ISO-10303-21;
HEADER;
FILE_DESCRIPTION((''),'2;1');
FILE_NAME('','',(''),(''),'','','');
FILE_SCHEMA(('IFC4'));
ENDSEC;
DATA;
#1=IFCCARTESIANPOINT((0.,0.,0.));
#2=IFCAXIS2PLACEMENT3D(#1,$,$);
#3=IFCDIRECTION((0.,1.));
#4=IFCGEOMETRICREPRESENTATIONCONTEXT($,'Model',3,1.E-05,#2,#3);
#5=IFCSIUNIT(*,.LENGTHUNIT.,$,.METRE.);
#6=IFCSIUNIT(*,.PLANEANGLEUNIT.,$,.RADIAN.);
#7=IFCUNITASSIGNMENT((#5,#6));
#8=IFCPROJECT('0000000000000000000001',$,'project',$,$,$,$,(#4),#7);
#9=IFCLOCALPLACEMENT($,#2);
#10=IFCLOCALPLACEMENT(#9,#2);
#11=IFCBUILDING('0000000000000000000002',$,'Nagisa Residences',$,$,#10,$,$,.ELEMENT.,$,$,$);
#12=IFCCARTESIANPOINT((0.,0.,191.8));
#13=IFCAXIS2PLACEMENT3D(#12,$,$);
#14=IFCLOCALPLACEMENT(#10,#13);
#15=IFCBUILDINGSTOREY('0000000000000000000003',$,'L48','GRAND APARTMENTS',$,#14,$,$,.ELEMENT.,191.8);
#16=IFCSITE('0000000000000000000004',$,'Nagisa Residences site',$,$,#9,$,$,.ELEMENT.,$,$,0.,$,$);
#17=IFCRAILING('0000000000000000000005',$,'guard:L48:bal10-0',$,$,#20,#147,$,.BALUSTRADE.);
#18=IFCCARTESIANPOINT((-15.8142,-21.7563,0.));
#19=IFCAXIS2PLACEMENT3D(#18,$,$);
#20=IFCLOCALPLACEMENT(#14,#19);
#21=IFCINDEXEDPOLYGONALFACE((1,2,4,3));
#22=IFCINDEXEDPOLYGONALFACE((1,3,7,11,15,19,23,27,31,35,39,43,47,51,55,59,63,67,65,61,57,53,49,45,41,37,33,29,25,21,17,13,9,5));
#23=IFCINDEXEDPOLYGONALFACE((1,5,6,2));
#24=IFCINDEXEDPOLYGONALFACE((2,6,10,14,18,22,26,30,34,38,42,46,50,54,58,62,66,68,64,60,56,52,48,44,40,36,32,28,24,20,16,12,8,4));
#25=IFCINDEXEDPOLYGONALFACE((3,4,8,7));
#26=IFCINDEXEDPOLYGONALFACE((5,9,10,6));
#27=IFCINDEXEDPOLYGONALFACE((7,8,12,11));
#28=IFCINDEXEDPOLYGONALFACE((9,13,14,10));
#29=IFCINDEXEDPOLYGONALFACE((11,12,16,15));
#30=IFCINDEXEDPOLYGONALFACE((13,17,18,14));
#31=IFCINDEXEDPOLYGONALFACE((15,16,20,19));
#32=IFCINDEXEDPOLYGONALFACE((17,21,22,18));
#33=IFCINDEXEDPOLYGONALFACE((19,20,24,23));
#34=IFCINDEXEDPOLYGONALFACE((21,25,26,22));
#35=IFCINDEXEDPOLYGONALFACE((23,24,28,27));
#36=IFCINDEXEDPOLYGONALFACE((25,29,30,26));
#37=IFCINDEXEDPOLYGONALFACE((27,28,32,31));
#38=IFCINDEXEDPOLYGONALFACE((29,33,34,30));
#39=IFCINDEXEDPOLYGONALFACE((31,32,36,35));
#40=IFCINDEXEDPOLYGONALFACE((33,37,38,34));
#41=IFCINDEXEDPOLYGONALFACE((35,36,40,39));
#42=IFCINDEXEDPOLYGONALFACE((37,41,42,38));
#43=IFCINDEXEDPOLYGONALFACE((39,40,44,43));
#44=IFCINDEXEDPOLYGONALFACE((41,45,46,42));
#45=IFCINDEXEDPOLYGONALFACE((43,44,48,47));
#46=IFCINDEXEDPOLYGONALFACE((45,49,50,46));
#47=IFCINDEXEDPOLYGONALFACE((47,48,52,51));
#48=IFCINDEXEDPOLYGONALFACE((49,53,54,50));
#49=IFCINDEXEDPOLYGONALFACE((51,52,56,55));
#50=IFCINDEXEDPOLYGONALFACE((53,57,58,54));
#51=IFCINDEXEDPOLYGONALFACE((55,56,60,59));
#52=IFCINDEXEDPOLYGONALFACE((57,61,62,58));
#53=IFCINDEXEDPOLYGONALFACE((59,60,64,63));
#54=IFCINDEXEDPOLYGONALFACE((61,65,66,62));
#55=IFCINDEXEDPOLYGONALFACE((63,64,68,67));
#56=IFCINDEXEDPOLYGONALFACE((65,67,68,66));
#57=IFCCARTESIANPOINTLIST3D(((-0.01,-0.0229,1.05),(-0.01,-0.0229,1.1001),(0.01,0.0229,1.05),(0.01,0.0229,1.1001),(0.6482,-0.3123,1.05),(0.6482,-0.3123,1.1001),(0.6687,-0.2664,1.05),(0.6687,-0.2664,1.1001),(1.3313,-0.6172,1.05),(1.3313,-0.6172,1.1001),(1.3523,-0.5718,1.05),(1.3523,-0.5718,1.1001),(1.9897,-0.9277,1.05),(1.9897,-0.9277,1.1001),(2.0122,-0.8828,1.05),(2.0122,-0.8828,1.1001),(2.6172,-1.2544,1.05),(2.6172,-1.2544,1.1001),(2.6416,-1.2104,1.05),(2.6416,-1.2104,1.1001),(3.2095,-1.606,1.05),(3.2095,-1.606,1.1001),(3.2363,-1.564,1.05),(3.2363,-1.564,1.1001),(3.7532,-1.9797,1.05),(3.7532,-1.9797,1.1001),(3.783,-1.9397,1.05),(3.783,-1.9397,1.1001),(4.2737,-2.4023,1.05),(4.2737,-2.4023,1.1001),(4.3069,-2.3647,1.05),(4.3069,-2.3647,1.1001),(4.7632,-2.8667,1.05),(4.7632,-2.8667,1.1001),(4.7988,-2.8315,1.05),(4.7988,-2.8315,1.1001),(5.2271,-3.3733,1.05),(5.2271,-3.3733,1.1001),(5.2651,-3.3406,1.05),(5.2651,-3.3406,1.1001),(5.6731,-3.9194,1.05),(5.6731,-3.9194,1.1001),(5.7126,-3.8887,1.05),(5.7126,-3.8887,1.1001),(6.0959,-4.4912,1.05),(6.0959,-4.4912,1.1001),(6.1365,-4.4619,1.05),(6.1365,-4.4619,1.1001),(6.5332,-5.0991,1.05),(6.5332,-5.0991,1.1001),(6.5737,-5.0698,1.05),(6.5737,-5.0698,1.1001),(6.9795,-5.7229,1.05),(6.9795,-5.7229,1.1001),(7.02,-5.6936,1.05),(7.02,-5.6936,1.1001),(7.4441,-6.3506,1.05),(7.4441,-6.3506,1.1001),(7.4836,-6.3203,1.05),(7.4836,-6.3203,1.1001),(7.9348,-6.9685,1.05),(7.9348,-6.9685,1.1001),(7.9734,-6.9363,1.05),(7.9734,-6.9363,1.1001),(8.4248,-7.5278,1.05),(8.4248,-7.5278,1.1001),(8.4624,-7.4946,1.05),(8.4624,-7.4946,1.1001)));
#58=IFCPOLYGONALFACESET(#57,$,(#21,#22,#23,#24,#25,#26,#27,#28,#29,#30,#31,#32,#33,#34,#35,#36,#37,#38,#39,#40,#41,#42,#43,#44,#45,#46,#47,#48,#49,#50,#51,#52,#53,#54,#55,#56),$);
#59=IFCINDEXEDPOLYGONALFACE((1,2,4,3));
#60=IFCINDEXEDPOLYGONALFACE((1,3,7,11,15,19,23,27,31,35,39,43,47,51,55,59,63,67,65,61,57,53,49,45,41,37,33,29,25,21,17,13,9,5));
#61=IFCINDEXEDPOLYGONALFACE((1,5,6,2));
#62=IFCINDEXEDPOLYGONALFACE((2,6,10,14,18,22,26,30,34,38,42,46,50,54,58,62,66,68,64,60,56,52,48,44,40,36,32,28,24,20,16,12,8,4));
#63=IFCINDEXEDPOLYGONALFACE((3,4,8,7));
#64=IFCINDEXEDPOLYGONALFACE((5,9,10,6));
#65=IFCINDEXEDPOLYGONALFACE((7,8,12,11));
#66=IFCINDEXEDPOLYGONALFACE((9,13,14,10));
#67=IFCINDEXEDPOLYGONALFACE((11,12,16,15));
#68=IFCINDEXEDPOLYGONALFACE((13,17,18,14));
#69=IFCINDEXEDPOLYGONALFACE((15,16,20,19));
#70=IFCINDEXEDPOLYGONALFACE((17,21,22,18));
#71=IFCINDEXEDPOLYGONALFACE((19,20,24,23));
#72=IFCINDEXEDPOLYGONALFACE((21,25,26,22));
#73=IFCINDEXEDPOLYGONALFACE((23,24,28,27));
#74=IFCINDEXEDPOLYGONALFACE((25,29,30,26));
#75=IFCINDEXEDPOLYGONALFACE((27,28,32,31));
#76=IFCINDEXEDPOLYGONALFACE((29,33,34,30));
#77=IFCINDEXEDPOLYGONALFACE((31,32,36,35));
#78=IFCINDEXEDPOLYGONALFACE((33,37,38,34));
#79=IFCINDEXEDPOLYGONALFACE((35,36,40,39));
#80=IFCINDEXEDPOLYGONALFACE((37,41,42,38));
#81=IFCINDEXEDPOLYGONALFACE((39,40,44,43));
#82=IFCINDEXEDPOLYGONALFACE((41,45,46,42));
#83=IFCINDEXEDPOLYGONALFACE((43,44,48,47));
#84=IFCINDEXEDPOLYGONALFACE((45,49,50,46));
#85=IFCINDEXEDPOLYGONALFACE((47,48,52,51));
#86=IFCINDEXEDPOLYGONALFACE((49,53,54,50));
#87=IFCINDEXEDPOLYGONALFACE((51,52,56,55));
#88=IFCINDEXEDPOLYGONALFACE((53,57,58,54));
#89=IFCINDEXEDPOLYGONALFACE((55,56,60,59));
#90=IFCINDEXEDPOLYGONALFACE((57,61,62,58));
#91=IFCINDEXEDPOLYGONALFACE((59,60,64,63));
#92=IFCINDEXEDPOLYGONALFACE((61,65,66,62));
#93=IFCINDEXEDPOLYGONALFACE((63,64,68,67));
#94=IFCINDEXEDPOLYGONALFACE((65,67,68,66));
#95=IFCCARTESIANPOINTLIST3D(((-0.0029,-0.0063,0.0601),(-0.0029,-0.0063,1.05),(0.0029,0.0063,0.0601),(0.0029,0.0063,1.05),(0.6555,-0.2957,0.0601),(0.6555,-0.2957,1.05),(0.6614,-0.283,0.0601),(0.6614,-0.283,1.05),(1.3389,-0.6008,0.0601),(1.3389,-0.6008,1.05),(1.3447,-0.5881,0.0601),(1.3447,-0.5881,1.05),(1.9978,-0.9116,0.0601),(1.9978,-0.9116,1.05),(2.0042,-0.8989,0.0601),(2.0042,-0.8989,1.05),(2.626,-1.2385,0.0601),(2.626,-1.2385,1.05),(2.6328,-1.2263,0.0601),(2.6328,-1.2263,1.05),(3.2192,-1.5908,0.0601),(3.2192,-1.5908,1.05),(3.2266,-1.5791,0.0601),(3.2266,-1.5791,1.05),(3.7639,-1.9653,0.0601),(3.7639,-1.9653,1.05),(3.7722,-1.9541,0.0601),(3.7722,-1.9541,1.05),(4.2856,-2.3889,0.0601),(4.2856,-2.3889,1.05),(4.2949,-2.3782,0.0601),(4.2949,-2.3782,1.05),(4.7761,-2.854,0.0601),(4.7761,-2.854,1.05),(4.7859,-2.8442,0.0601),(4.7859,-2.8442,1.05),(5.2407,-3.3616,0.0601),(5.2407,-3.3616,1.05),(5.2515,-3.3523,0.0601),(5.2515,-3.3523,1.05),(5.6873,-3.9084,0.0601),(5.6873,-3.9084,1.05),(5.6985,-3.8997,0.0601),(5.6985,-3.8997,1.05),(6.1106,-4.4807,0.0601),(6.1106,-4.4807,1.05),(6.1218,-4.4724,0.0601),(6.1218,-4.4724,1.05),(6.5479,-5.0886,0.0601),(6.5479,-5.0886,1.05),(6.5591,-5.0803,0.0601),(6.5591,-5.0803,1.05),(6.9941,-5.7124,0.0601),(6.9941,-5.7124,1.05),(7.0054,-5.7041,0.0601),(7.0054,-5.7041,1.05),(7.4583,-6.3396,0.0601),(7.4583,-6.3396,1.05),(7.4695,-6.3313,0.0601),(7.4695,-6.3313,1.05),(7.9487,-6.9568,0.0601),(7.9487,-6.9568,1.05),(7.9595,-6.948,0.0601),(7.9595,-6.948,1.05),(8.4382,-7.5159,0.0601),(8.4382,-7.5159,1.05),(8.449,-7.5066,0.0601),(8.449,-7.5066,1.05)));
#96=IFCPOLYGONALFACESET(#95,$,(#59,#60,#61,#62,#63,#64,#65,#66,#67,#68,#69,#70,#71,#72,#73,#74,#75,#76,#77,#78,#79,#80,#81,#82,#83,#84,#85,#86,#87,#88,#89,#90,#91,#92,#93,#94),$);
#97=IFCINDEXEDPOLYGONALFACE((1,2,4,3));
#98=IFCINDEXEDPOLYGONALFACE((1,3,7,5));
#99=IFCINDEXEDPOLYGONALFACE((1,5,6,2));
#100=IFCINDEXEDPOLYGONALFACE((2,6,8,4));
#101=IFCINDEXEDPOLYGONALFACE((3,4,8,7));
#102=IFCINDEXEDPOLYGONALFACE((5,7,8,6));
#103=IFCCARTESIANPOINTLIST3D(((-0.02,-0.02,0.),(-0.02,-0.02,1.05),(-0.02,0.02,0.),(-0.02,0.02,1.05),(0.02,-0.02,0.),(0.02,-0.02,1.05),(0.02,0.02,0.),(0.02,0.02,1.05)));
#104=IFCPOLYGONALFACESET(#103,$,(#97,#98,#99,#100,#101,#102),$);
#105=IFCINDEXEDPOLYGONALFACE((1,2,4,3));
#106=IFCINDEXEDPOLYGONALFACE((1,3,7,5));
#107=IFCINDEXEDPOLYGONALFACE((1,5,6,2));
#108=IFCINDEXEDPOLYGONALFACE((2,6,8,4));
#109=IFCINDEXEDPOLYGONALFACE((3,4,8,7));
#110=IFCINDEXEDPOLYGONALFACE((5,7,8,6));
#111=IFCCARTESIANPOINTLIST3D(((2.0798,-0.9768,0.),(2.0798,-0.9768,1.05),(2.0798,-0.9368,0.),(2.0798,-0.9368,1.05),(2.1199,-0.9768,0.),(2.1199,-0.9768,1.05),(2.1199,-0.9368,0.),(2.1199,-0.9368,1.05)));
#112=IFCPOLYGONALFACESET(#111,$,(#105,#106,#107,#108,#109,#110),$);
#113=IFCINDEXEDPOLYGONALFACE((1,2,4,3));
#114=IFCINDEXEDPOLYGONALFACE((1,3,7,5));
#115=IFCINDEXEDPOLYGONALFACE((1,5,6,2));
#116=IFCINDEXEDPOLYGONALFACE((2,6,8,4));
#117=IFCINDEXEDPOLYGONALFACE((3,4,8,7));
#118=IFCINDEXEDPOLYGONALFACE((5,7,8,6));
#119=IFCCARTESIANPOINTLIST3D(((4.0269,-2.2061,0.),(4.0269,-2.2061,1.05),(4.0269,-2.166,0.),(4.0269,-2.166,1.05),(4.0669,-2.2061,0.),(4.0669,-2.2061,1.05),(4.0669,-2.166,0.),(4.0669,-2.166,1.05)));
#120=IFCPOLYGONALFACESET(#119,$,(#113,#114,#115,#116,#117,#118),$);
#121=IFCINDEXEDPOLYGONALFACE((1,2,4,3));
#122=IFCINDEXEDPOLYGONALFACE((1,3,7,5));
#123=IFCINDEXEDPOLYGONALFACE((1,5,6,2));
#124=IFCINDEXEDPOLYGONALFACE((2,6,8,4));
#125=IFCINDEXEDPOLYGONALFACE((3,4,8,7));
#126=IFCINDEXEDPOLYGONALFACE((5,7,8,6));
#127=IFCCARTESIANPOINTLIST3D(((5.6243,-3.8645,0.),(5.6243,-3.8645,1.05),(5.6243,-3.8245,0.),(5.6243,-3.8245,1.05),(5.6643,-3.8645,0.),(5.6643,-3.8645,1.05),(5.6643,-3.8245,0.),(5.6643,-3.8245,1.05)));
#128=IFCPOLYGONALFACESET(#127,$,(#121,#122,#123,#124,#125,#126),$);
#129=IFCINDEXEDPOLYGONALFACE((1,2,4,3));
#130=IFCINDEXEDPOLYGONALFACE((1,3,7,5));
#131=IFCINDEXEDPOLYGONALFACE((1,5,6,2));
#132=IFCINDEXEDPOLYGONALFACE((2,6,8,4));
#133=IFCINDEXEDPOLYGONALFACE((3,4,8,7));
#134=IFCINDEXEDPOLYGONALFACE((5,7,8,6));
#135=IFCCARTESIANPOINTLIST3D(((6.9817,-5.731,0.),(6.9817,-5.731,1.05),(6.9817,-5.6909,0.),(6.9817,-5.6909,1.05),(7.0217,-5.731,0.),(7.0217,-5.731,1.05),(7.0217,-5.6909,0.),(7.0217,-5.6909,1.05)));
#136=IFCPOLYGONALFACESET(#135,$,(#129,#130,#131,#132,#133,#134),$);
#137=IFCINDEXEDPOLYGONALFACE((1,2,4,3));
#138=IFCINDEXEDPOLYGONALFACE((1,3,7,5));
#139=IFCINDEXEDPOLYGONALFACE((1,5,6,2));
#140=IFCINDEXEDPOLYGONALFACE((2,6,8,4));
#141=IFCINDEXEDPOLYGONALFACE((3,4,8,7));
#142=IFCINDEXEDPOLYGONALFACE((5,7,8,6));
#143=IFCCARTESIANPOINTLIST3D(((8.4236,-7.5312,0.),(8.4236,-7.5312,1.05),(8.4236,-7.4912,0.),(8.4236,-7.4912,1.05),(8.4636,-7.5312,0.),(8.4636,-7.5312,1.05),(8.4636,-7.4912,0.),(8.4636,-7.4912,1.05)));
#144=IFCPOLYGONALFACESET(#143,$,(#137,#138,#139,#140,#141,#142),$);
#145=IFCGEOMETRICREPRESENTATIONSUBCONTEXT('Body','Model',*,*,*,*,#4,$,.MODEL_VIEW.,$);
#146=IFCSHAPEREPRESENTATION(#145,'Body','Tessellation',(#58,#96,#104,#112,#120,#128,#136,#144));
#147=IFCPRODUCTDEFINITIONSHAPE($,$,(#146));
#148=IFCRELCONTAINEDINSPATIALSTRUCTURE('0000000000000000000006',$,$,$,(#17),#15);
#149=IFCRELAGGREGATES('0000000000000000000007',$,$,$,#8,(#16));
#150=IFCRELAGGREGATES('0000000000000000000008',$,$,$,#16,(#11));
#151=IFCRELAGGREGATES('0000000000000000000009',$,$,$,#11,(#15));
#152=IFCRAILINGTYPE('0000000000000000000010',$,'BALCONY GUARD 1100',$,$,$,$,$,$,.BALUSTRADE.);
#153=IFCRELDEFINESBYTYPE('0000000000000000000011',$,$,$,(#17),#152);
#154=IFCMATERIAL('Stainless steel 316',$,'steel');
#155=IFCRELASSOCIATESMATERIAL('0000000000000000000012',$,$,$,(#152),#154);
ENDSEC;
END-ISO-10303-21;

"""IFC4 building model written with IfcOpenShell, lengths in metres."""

from ifc_helpers import new_model, si_unit, direction, frame, origin, origin_2d, place, context, subcontext, project, spatial, polyline, rectangle, outline, extrude, material, type_object, element, save


model = new_model("IFC4")

# Units and contexts
model_context = context("Model", 3, precision=1e-05, world=origin(), true_north=direction((0.0, 1.0)))
body_context = subcontext(model_context, "Body", "Model", "MODEL_VIEW")
ifc_project = project(units=[si_unit("LENGTHUNIT", "METRE"), si_unit("PLANEANGLEUNIT", "RADIAN")], contexts=[model_context])

# Site, building, storey
site_placement = place(None, origin())
site = spatial("IfcSite", under=ifc_project, at=site_placement, Name="Nagisa Residences site", CompositionType="ELEMENT", RefElevation=0.0)
building_placement = place(site_placement, origin())
building = spatial("IfcBuilding", under=site, at=building_placement, Name="Nagisa Residences", CompositionType="ELEMENT")
storey_placement = place(building_placement, frame((0.0, 0.0, 191.8)))
storey = spatial("IfcBuildingStorey", under=building, at=storey_placement, Name="L48", Description="GRAND APARTMENTS", CompositionType="ELEMENT", Elevation=191.8)

# Railing
ifc_material_1 = material(Name="Stainless steel 316", Category="steel")
railing_type = type_object("IfcRailingType", Name="BALCONY GUARD 1100", PredefinedType="BALUSTRADE", material=ifc_material_1)
railing_1_placement = place(storey_placement, frame((-15.8142, -21.7563, 0.0)))
element("IfcRailing", 1, at=railing_1_placement, inside=storey, type_object=railing_type, Name="guard:L48:bal10-0", PredefinedType="BALUSTRADE", context=body_context, shape_type="SweptSolid", body=[
    extrude(outline(polyline([(0.6687, -0.2664), (0.01, 0.0229), (-0.01, -0.0229), (0.6482, -0.3123), (1.3313, -0.6172), (1.9897, -0.9277), (2.6172, -1.2544), (3.2095, -1.606), (3.7532, -1.9797), (4.2737, -2.4023), (4.7632, -2.8667), (5.2271, -3.3733), (5.6731, -3.9194), (6.0959, -4.4912), (6.5332, -5.0991), (6.9795, -5.7229), (7.4441, -6.3506), (7.9348, -6.9685), (8.4248, -7.5278), (8.4624, -7.4946), (7.9734, -6.9363), (7.4836, -6.3203), (7.02, -5.6936), (6.5737, -5.0698), (6.1365, -4.4619), (5.7126, -3.8887), (5.2651, -3.3406), (4.7988, -2.8315), (4.3069, -2.3647), (3.783, -1.9397), (3.2363, -1.564), (2.6416, -1.2104), (2.0122, -0.8828), (1.3523, -0.5718), (0.6687, -0.2664)])), frame((0.0, 0.0, 1.05)), (0.0, 0.0, 1.0), 0.05),
    extrude(outline(polyline([(0.6614, -0.283), (0.0029, 0.0063), (-0.0029, -0.0063), (0.6555, -0.2957), (1.3389, -0.6008), (1.9978, -0.9116), (2.626, -1.2385), (3.2192, -1.5908), (3.7639, -1.9653), (4.2856, -2.3889), (4.7761, -2.854), (5.2407, -3.3616), (5.6873, -3.9084), (6.1106, -4.4807), (6.5479, -5.0886), (6.9941, -5.7124), (7.4583, -6.3396), (7.9487, -6.9568), (8.4382, -7.5159), (8.449, -7.5066), (7.9595, -6.948), (7.4695, -6.3313), (7.0054, -5.7041), (6.5591, -5.0803), (6.1218, -4.4724), (5.6985, -3.8997), (5.2515, -3.3523), (4.7859, -2.8442), (4.2949, -2.3782), (3.7722, -1.9541), (3.2266, -1.5791), (2.6328, -1.2263), (2.0042, -0.8989), (1.3447, -0.5881), (0.6614, -0.283)])), frame((0.0, 0.0, 0.0601)), (0.0, 0.0, 1.0), 0.99),
    extrude(rectangle(XDim=0.04, YDim=0.04, at=origin_2d()), origin(), (0.0, 0.0, 1.0), 1.05),
    extrude(rectangle(XDim=0.04, YDim=0.04, at=origin_2d()), frame((2.0999, -0.9568, 0.0)), (0.0, 0.0, 1.0), 1.05),
    extrude(rectangle(XDim=0.04, YDim=0.04, at=origin_2d()), frame((4.0469, -2.186, 0.0)), (0.0, 0.0, 1.0), 1.05),
    extrude(rectangle(XDim=0.04, YDim=0.04, at=origin_2d()), frame((5.6443, -3.8445, 0.0)), (0.0, 0.0, 1.0), 1.05),
    extrude(rectangle(XDim=0.04, YDim=0.04, at=origin_2d()), frame((7.0017, -5.7109, 0.0)), (0.0, 0.0, 1.0), 1.05),
    extrude(rectangle(XDim=0.04, YDim=0.04, at=origin_2d()), frame((8.4436, -7.5112, 0.0)), (0.0, 0.0, 1.0), 1.05),
])

save(model, "model.ifc")
